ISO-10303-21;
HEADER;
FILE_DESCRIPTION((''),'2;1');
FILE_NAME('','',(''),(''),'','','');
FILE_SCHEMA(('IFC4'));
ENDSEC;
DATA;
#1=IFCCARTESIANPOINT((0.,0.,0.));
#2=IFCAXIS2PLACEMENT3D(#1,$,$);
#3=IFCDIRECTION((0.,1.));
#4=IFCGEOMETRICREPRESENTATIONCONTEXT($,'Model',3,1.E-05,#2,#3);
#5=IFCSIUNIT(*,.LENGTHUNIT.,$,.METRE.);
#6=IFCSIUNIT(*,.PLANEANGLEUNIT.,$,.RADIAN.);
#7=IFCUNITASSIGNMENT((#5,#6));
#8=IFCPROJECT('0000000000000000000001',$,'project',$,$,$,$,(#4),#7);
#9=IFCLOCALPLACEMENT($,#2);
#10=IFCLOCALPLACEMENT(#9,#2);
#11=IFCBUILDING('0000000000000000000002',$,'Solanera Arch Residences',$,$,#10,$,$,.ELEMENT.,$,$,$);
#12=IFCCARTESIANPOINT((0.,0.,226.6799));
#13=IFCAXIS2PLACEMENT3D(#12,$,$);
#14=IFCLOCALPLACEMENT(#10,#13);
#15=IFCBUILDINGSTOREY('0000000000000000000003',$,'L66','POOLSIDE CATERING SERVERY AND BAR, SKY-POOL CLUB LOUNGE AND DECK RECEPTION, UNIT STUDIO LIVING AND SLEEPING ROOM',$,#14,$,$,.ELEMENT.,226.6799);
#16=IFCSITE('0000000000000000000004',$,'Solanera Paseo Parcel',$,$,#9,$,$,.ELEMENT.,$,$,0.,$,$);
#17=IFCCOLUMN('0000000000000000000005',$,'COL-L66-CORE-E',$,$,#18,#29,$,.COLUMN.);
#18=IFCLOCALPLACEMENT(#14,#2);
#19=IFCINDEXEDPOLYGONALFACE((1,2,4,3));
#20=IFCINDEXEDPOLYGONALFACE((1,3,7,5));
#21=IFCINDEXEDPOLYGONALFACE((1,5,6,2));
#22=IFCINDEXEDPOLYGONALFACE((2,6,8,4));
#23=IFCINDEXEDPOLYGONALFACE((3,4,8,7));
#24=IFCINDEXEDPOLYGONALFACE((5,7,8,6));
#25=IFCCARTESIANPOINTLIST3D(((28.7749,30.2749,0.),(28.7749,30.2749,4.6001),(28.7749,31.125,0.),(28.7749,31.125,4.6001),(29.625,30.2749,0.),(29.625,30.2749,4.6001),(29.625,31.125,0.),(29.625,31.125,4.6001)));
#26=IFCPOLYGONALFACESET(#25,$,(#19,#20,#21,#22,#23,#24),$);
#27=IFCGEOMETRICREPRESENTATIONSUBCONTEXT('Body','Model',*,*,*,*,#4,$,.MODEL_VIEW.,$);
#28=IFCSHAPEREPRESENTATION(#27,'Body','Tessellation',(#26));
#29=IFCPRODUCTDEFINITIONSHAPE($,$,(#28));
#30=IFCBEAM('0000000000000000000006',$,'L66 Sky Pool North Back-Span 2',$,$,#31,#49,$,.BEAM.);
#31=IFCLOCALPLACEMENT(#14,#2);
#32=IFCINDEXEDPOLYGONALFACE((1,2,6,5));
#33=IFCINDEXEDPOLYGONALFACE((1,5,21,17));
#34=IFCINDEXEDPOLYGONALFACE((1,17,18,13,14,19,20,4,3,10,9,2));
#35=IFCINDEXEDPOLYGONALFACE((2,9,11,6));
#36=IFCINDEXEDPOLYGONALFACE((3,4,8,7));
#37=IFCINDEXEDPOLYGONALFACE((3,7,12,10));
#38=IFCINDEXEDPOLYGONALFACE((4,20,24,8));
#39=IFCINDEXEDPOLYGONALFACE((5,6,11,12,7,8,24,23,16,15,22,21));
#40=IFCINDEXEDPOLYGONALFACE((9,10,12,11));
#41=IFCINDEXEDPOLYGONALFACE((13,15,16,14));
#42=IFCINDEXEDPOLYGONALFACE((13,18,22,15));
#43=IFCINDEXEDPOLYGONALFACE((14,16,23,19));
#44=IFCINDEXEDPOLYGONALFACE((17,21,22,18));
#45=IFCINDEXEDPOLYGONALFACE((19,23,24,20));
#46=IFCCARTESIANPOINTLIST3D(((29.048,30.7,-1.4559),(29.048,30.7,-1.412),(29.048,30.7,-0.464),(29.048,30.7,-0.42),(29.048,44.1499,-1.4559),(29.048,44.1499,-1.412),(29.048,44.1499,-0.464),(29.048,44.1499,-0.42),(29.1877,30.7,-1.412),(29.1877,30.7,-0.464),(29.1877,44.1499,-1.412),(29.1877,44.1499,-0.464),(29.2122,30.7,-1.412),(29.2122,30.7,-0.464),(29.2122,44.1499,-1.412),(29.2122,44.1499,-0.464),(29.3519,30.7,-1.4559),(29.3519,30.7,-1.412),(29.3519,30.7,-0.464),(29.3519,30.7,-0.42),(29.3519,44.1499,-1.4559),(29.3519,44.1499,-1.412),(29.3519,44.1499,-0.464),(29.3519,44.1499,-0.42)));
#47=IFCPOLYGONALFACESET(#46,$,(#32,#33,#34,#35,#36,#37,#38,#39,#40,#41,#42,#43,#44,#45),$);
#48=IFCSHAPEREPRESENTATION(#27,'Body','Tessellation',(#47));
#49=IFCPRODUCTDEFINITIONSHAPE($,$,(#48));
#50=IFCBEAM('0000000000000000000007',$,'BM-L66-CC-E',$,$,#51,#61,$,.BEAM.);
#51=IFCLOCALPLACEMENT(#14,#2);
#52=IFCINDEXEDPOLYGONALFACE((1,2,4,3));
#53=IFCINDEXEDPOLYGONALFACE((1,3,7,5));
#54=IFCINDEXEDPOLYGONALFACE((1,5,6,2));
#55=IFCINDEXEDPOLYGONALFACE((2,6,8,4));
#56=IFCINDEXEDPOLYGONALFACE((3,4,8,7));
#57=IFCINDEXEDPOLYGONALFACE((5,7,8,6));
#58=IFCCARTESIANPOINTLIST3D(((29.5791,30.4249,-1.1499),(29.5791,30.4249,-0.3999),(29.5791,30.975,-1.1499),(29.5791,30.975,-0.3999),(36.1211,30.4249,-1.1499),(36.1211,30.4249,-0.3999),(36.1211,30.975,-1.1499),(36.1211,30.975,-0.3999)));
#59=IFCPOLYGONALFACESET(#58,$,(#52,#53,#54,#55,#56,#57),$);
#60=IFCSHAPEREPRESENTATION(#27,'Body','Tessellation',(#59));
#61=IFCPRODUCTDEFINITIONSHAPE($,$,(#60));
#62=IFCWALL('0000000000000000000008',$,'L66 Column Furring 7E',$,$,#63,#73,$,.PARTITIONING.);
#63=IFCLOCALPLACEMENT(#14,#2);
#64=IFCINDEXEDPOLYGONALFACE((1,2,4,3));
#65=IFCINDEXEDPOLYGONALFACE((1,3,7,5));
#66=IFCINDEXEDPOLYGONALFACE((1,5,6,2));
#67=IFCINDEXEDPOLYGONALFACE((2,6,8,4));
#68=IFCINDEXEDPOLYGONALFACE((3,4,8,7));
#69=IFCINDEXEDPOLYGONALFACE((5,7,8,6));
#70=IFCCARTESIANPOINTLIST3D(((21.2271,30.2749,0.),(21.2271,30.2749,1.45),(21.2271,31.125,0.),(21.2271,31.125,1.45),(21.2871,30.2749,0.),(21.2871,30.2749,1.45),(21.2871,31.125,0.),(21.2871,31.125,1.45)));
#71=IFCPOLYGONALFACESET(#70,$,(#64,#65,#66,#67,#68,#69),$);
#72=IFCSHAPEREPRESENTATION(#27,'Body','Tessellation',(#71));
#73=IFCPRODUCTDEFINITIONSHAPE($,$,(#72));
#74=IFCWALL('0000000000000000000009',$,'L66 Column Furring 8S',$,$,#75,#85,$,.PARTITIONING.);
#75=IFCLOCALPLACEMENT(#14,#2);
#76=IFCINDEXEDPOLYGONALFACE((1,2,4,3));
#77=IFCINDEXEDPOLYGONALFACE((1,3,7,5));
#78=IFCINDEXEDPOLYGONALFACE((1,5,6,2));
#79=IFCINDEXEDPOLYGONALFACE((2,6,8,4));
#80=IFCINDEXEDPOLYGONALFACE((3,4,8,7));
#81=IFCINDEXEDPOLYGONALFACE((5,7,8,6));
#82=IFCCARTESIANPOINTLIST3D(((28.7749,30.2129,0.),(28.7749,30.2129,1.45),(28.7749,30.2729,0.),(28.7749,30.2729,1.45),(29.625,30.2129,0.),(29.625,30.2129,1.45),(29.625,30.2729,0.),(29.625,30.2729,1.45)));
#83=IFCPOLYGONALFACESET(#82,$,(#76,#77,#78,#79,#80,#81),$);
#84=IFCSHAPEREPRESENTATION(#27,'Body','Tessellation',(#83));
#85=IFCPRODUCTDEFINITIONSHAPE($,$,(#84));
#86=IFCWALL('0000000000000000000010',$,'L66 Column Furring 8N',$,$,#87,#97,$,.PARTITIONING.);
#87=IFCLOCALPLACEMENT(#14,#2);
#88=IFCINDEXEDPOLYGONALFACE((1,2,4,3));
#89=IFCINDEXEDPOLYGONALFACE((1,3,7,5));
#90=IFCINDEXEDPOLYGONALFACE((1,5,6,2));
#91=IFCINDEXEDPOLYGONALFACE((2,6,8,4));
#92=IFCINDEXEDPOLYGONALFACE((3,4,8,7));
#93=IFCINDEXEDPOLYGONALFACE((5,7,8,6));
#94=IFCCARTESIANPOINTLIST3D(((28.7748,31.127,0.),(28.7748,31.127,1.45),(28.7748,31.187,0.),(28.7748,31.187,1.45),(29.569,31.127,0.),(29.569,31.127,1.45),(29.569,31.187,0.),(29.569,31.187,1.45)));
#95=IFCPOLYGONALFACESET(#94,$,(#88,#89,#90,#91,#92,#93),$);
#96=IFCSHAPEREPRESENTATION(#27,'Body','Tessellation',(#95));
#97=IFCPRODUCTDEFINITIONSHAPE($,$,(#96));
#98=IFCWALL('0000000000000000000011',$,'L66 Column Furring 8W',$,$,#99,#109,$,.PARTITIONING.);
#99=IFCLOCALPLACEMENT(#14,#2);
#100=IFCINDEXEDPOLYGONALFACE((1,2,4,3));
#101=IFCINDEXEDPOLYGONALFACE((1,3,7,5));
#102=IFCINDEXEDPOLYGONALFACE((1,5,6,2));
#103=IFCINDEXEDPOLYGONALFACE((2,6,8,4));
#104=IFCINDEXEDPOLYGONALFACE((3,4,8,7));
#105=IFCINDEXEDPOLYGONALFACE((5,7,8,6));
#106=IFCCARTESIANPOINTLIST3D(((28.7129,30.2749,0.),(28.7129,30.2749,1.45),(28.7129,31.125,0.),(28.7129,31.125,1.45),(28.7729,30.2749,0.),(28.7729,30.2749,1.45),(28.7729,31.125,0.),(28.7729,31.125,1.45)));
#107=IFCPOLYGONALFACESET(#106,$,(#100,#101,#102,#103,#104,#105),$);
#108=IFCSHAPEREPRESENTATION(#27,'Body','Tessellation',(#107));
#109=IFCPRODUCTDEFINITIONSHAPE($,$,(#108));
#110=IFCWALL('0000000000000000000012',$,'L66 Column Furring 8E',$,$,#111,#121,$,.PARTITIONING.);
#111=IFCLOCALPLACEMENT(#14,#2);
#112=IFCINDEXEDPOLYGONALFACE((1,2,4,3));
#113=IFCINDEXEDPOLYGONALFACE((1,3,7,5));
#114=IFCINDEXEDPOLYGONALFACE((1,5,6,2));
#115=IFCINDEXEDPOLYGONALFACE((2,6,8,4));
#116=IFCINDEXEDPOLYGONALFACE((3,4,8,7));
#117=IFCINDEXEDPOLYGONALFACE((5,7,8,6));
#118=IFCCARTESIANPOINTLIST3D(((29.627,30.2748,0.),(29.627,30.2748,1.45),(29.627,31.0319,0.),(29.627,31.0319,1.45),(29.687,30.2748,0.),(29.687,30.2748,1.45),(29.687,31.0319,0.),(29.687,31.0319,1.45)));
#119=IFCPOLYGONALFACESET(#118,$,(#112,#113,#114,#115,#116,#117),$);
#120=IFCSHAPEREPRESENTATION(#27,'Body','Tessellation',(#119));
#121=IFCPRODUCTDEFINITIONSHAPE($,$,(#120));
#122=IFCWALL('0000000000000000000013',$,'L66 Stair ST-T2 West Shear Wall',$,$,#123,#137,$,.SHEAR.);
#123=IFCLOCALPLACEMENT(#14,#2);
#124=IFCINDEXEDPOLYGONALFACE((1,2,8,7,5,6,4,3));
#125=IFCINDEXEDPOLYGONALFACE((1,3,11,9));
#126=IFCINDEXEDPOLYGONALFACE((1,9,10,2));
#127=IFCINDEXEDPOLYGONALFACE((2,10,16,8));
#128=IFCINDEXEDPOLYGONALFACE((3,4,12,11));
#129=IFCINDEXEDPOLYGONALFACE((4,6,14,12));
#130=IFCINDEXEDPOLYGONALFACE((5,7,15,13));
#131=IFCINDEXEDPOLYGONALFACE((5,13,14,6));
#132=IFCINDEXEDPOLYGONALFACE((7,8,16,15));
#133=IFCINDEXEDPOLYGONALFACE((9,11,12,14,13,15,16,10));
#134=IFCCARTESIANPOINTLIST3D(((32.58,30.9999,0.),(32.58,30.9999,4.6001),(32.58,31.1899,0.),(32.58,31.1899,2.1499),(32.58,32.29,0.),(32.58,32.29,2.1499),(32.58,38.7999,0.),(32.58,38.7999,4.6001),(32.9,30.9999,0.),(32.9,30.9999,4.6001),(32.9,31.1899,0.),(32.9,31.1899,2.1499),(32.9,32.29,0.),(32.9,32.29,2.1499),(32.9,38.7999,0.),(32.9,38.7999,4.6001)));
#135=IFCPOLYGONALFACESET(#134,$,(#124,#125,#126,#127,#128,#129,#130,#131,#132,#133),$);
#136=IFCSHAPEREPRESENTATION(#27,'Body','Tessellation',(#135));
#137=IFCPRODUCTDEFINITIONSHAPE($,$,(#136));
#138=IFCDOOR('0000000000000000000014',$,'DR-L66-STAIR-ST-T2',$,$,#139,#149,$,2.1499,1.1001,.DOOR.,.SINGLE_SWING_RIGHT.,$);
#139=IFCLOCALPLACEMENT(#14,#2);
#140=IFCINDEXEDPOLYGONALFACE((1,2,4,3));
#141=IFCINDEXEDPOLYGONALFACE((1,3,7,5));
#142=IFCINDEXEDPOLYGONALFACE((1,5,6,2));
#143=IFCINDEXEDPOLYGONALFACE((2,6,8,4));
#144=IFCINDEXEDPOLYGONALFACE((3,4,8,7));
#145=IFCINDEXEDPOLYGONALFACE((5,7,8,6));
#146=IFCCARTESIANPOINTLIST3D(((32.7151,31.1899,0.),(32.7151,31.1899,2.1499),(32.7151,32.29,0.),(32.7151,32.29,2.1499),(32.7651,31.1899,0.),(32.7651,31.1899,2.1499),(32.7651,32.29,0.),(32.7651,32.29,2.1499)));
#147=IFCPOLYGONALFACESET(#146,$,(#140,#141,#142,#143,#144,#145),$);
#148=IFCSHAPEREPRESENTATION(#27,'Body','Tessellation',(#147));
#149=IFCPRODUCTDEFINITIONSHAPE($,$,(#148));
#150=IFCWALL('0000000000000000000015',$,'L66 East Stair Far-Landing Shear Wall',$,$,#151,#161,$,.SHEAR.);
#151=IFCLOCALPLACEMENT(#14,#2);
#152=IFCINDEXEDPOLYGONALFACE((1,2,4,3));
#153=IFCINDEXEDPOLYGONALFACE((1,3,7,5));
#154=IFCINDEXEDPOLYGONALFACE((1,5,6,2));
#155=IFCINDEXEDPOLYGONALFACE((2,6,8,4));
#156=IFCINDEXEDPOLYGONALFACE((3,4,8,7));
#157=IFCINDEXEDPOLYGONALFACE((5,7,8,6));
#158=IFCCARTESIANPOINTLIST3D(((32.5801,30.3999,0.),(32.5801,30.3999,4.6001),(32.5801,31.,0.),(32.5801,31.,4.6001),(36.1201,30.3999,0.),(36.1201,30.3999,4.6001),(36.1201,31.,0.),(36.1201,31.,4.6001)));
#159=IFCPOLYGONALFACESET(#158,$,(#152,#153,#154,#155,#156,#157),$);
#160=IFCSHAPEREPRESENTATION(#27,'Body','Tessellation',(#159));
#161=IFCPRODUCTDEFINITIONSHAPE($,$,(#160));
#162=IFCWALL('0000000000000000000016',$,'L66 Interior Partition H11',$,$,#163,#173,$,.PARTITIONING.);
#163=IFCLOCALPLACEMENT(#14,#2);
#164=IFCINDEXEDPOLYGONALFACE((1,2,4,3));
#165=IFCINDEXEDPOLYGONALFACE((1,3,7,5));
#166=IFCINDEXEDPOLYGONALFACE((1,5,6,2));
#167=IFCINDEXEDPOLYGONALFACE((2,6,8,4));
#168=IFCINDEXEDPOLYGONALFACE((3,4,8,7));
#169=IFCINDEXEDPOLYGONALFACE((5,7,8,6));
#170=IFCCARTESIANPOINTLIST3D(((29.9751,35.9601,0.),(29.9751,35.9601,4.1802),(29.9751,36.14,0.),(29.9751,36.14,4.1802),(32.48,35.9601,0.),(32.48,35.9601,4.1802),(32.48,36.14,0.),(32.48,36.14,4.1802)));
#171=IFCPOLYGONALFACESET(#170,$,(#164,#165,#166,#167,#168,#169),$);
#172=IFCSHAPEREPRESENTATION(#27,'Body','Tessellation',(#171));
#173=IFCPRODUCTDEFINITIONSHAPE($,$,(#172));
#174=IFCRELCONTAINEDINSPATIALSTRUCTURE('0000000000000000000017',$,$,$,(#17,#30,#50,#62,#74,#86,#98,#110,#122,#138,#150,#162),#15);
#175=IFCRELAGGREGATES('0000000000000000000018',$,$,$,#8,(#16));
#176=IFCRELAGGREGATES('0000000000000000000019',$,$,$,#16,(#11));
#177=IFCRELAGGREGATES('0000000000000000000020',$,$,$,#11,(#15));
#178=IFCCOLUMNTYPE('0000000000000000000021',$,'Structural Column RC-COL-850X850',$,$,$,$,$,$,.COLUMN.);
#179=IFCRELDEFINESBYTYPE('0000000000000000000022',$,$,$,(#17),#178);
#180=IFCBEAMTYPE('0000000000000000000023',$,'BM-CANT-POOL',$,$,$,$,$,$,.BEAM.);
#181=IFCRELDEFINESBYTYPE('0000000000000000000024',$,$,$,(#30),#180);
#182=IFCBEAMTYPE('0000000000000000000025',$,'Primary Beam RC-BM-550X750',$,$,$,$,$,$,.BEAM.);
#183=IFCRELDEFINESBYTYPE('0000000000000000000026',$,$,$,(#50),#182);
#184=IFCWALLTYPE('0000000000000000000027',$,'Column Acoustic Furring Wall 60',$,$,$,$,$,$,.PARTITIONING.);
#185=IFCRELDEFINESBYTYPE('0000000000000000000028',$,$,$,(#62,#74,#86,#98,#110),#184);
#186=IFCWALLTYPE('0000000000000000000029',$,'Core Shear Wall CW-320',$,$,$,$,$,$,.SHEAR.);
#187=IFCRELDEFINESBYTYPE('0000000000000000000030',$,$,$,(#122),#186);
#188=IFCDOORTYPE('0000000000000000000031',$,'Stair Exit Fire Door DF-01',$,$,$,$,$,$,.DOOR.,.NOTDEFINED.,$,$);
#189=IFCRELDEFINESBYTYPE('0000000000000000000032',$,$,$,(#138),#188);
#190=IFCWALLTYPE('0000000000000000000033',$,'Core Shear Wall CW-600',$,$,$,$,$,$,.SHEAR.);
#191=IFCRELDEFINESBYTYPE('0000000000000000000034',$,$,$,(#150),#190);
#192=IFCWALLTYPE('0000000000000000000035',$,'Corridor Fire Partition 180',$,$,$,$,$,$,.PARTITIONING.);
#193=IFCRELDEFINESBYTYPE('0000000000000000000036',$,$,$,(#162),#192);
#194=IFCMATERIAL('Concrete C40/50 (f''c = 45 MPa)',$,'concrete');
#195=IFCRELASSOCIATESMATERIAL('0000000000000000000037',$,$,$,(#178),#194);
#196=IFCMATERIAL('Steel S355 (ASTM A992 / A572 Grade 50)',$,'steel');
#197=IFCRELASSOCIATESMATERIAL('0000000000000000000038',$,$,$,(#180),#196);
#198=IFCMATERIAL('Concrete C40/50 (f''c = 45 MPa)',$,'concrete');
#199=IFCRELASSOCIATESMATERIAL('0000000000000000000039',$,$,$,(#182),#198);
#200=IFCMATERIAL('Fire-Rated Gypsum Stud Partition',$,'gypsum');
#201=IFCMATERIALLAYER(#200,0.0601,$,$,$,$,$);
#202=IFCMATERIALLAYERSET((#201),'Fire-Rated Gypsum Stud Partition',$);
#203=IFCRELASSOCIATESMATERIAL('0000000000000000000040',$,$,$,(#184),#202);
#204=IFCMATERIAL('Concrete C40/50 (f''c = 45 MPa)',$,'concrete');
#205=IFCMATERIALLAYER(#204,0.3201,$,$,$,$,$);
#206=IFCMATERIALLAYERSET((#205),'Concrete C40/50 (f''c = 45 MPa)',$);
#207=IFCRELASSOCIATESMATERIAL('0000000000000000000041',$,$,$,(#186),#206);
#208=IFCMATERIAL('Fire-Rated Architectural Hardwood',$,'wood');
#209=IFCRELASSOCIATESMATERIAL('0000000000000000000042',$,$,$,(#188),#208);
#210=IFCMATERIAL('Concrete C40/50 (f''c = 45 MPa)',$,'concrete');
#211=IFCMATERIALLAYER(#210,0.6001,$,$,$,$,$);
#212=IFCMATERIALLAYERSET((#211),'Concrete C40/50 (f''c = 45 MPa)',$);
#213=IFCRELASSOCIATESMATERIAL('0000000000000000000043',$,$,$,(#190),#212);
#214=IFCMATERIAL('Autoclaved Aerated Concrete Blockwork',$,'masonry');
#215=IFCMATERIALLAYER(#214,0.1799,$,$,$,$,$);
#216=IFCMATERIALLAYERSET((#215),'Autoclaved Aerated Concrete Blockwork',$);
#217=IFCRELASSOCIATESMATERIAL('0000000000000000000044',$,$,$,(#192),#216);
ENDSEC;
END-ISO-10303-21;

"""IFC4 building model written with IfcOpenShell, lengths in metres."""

from ifc_helpers import new_model, si_unit, direction, frame, frame_2d, origin, origin_2d, place, context, subcontext, project, spatial, rectangle, i_section, extrude, material, layer, layer_set, material_profile, profile_set, type_object, element, fill, save


model = new_model("IFC4")

# Units and contexts
model_context = context("Model", 3, precision=1e-05, world=origin(), true_north=direction((0.0, 1.0)))
body_context = subcontext(model_context, "Body", "Model", "MODEL_VIEW")
ifc_project = project(units=[si_unit("LENGTHUNIT", "METRE"), si_unit("PLANEANGLEUNIT", "RADIAN")], contexts=[model_context])

# Site, building, storey
site_placement = place(None, origin())
site = spatial("IfcSite", under=ifc_project, at=site_placement, Name="Solanera Paseo Parcel", CompositionType="ELEMENT", RefElevation=0.0)
building_placement = place(site_placement, origin())
building = spatial("IfcBuilding", under=site, at=building_placement, Name="Solanera Arch Residences", CompositionType="ELEMENT")
storey_placement = place(building_placement, frame((0.0, 0.0, 226.6799)))
storey = spatial("IfcBuildingStorey", under=building, at=storey_placement, Name="L66", Description="POOLSIDE CATERING SERVERY AND BAR, SKY-POOL CLUB LOUNGE AND DECK RECEPTION, UNIT STUDIO LIVING AND SLEEPING ROOM", CompositionType="ELEMENT", Elevation=226.6799)

# Column
ifc_material_1 = material(Name="Concrete C40/50 (f'c = 45 MPa)", Category="concrete")
ifc_material_profile_1 = material_profile(ifc_material_1, rectangle(XDim=0.8501, YDim=0.8501, at=origin_2d()))
ifc_profile_set_1 = profile_set([ifc_material_profile_1], Name="Concrete C40/50 (f'c = 45 MPa)")
column_type = type_object("IfcColumnType", Name="Structural Column RC-COL-850X850", PredefinedType="COLUMN", material=ifc_profile_set_1)
column_placement = place(storey_placement, frame((29.2, 30.7, 0.0), z_axis=(0.0, 0.0, 1.0), x_axis=(1.0, 0.0, 0.0)))
element("IfcColumn", 1, at=column_placement, inside=storey, type_object=column_type, Name="COL-L66-CORE-E", PredefinedType="COLUMN", context=body_context, shape_type="SweptSolid", body=[
    extrude(rectangle(XDim=0.8501, YDim=0.8501, at=origin_2d()), origin(), (0.0, 0.0, 1.0), 4.6001),
])

# Beams
ifc_material_2 = material(Name="Steel S355 (ASTM A992 / A572 Grade 50)", Category="steel")
ifc_material_profile_2 = material_profile(ifc_material_2, i_section(OverallWidth=0.304, OverallDepth=1.0359, WebThickness=0.0244, FlangeThickness=0.0439, at=origin_2d()))
ifc_profile_set_2 = profile_set([ifc_material_profile_2], Name="Steel S355 (ASTM A992 / A572 Grade 50)")
beam_type_1 = type_object("IfcBeamType", Name="BM-CANT-POOL", PredefinedType="BEAM", material=ifc_profile_set_2)
beam_1_placement = place(storey_placement, frame((29.2, 30.7, -0.938), z_axis=(0.0, 1.0, 0.0), x_axis=(-1.0, 0.0, 0.0)))
element("IfcBeam", 2, at=beam_1_placement, inside=storey, type_object=beam_type_1, Name="L66 Sky Pool North Back-Span 2", PredefinedType="BEAM", context=body_context, shape_type="SweptSolid", body=[
    extrude(i_section(OverallWidth=0.304, OverallDepth=1.0359, WebThickness=0.0244, FlangeThickness=0.0439, at=origin_2d()), origin(), (0.0, 0.0, 1.0), 13.45),
])
ifc_material_3 = material(Name="Concrete C40/50 (f'c = 45 MPa)", Category="concrete")
ifc_material_profile_3 = material_profile(ifc_material_3, rectangle(XDim=0.55, YDim=0.75, at=origin_2d()))
ifc_profile_set_3 = profile_set([ifc_material_profile_3], Name="Concrete C40/50 (f'c = 45 MPa)")
beam_type_2 = type_object("IfcBeamType", Name="Primary Beam RC-BM-550X750", PredefinedType="BEAM", material=ifc_profile_set_3)
beam_2_placement = place(storey_placement, frame((29.5791, 30.7, -0.7749), z_axis=(1.0, 0.0, 0.0), x_axis=(0.0, 1.0, 0.0)))
element("IfcBeam", 3, at=beam_2_placement, inside=storey, type_object=beam_type_2, Name="BM-L66-CC-E", PredefinedType="BEAM", context=body_context, shape_type="SweptSolid", body=[
    extrude(rectangle(XDim=0.55, YDim=0.75, at=origin_2d()), origin(), (0.0, 0.0, 1.0), 6.542),
])

# Walls
ifc_material_4 = material(Name="Fire-Rated Gypsum Stud Partition", Category="gypsum")
ifc_layer_1 = layer(ifc_material_4, 0.0601)
ifc_layer_set_1 = layer_set([ifc_layer_1], Name="Fire-Rated Gypsum Stud Partition")
wall_type_1 = type_object("IfcWallType", Name="Column Acoustic Furring Wall 60", PredefinedType="PARTITIONING", material=ifc_layer_set_1)
for number, where, z_axis, x_axis, name in (
    (4, (21.2571, 30.2749, 0.0), (0.0, 0.0, 1.0), (0.0, 1.0, 0.0), "L66 Column Furring 7E"),
    (5, (28.7749, 30.2429, 0.0), (0.0, 0.0, 1.0), (1.0, 0.0, 0.0), "L66 Column Furring 8S"),
):
    element("IfcWall", number, at=place(storey_placement, frame(where, z_axis=z_axis, x_axis=x_axis)), inside=storey, type_object=wall_type_1, Name=name, PredefinedType="PARTITIONING", context=body_context, shape_type="SweptSolid", body=[
        extrude(rectangle(XDim=0.8501, YDim=0.0601, at=frame_2d((0.425, 0.0))), origin(), (0.0, 0.0, 1.0), 1.45),
    ])
wall_1_placement = place(storey_placement, frame((28.7749, 31.157, 0.0), z_axis=(0.0, 0.0, 1.0), x_axis=(1.0, 0.0, 0.0)))
element("IfcWall", 6, at=wall_1_placement, inside=storey, type_object=wall_type_1, Name="L66 Column Furring 8N", PredefinedType="PARTITIONING", context=body_context, shape_type="SweptSolid", body=[
    extrude(rectangle(XDim=0.7942, YDim=0.0601, at=frame_2d((0.397, 0.0))), origin(), (0.0, 0.0, 1.0), 1.45),
])
wall_2_placement = place(storey_placement, frame((28.7429, 30.2749, 0.0), z_axis=(0.0, 0.0, 1.0), x_axis=(0.0, 1.0, 0.0)))
element("IfcWall", 7, at=wall_2_placement, inside=storey, type_object=wall_type_1, Name="L66 Column Furring 8W", PredefinedType="PARTITIONING", context=body_context, shape_type="SweptSolid", body=[
    extrude(rectangle(XDim=0.8501, YDim=0.0601, at=frame_2d((0.425, 0.0))), origin(), (0.0, 0.0, 1.0), 1.45),
])
wall_3_placement = place(storey_placement, frame((29.657, 30.2749, 0.0), z_axis=(0.0, 0.0, 1.0), x_axis=(0.0, 1.0, 0.0)))
element("IfcWall", 8, at=wall_3_placement, inside=storey, type_object=wall_type_1, Name="L66 Column Furring 8E", PredefinedType="PARTITIONING", context=body_context, shape_type="SweptSolid", body=[
    extrude(rectangle(XDim=0.7571, YDim=0.0601, at=frame_2d((0.3784, 0.0))), origin(), (0.0, 0.0, 1.0), 1.45),
])

# Wall, opening, door
ifc_material_5 = material(Name="Concrete C40/50 (f'c = 45 MPa)", Category="concrete")
ifc_layer_2 = layer(ifc_material_5, 0.3201)
ifc_layer_set_2 = layer_set([ifc_layer_2], Name="Concrete C40/50 (f'c = 45 MPa)")
wall_type_2 = type_object("IfcWallType", Name="Core Shear Wall CW-320", PredefinedType="SHEAR", material=ifc_layer_set_2)
wall_4_placement = place(storey_placement, frame((32.74, 31.0, 0.0), z_axis=(0.0, 0.0, 1.0), x_axis=(0.0, 1.0, 0.0)))
wall_4 = element("IfcWall", 9, at=wall_4_placement, inside=storey, type_object=wall_type_2, Name="L66 Stair ST-T2 West Shear Wall", PredefinedType="SHEAR", context=body_context, shape_type="SweptSolid", body=[
    extrude(rectangle(XDim=7.8, YDim=0.3201, at=frame_2d((3.8999, 0.0))), origin(), (0.0, 0.0, 1.0), 4.6001),
])
opening_1_placement = place(wall_4_placement, frame((0.1899, 0.0, 0.0)))
opening_1 = element("IfcOpeningElement", 10, at=opening_1_placement, cuts=wall_4, PredefinedType="OPENING", context=body_context, shape_type="SweptSolid", body=[
    extrude(rectangle(XDim=1.1001, YDim=2.1499, at=frame_2d((0.55, 1.075))), frame((0.0, 0.1699, 0.0), z_axis=(0.0, -1.0, 0.0), x_axis=(1.0, 0.0, 0.0)), (0.0, 0.0, 1.0), 0.3401),
])
ifc_material_6 = material(Name="Fire-Rated Architectural Hardwood", Category="wood")
door_type_1 = type_object("IfcDoorType", Name="Stair Exit Fire Door DF-01", OperationType="NOTDEFINED", PredefinedType="DOOR", material=ifc_material_6)
door_1_placement = place(opening_1_placement, origin())
door_1 = element("IfcDoor", 11, at=door_1_placement, inside=storey, type_object=door_type_1, Name="DR-L66-STAIR-ST-T2", OperationType="SINGLE_SWING_RIGHT", OverallHeight=2.1499, OverallWidth=1.1001, PredefinedType="DOOR", context=body_context, shape_type="SweptSolid", body=[
    extrude(rectangle(XDim=1.1001, YDim=2.1499, at=frame_2d((0.55, 1.075))), frame((0.0, 0.0249, 0.0), z_axis=(0.0, -1.0, 0.0), x_axis=(1.0, 0.0, 0.0)), (0.0, 0.0, 1.0), 0.05),
])
fill(opening_1, door_1)

# Walls
ifc_material_7 = material(Name="Concrete C40/50 (f'c = 45 MPa)", Category="concrete")
ifc_layer_3 = layer(ifc_material_7, 0.6001)
ifc_layer_set_3 = layer_set([ifc_layer_3], Name="Concrete C40/50 (f'c = 45 MPa)")
wall_type_3 = type_object("IfcWallType", Name="Core Shear Wall CW-600", PredefinedType="SHEAR", material=ifc_layer_set_3)
wall_5_placement = place(storey_placement, frame((32.5801, 30.7, 0.0), z_axis=(0.0, 0.0, 1.0), x_axis=(1.0, 0.0, 0.0)))
element("IfcWall", 12, at=wall_5_placement, inside=storey, type_object=wall_type_3, Name="L66 East Stair Far-Landing Shear Wall", PredefinedType="SHEAR", context=body_context, shape_type="SweptSolid", body=[
    extrude(rectangle(XDim=3.54, YDim=0.6001, at=frame_2d((1.77, 0.0))), origin(), (0.0, 0.0, 1.0), 4.6001),
])
ifc_material_8 = material(Name="Autoclaved Aerated Concrete Blockwork", Category="masonry")
ifc_layer_4 = layer(ifc_material_8, 0.1799)
ifc_layer_set_4 = layer_set([ifc_layer_4], Name="Autoclaved Aerated Concrete Blockwork")
wall_type_4 = type_object("IfcWallType", Name="Corridor Fire Partition 180", PredefinedType="PARTITIONING", material=ifc_layer_set_4)
wall_6_placement = place(storey_placement, frame((29.9751, 36.05, 0.0), z_axis=(0.0, 0.0, 1.0), x_axis=(1.0, 0.0, 0.0)))
element("IfcWall", 13, at=wall_6_placement, inside=storey, type_object=wall_type_4, Name="L66 Interior Partition H11", PredefinedType="PARTITIONING", context=body_context, shape_type="SweptSolid", body=[
    extrude(rectangle(XDim=2.5049, YDim=0.1799, at=frame_2d((1.2524, 0.0))), origin(), (0.0, 0.0, 1.0), 4.1802),
])

save(model, "model.ifc")
